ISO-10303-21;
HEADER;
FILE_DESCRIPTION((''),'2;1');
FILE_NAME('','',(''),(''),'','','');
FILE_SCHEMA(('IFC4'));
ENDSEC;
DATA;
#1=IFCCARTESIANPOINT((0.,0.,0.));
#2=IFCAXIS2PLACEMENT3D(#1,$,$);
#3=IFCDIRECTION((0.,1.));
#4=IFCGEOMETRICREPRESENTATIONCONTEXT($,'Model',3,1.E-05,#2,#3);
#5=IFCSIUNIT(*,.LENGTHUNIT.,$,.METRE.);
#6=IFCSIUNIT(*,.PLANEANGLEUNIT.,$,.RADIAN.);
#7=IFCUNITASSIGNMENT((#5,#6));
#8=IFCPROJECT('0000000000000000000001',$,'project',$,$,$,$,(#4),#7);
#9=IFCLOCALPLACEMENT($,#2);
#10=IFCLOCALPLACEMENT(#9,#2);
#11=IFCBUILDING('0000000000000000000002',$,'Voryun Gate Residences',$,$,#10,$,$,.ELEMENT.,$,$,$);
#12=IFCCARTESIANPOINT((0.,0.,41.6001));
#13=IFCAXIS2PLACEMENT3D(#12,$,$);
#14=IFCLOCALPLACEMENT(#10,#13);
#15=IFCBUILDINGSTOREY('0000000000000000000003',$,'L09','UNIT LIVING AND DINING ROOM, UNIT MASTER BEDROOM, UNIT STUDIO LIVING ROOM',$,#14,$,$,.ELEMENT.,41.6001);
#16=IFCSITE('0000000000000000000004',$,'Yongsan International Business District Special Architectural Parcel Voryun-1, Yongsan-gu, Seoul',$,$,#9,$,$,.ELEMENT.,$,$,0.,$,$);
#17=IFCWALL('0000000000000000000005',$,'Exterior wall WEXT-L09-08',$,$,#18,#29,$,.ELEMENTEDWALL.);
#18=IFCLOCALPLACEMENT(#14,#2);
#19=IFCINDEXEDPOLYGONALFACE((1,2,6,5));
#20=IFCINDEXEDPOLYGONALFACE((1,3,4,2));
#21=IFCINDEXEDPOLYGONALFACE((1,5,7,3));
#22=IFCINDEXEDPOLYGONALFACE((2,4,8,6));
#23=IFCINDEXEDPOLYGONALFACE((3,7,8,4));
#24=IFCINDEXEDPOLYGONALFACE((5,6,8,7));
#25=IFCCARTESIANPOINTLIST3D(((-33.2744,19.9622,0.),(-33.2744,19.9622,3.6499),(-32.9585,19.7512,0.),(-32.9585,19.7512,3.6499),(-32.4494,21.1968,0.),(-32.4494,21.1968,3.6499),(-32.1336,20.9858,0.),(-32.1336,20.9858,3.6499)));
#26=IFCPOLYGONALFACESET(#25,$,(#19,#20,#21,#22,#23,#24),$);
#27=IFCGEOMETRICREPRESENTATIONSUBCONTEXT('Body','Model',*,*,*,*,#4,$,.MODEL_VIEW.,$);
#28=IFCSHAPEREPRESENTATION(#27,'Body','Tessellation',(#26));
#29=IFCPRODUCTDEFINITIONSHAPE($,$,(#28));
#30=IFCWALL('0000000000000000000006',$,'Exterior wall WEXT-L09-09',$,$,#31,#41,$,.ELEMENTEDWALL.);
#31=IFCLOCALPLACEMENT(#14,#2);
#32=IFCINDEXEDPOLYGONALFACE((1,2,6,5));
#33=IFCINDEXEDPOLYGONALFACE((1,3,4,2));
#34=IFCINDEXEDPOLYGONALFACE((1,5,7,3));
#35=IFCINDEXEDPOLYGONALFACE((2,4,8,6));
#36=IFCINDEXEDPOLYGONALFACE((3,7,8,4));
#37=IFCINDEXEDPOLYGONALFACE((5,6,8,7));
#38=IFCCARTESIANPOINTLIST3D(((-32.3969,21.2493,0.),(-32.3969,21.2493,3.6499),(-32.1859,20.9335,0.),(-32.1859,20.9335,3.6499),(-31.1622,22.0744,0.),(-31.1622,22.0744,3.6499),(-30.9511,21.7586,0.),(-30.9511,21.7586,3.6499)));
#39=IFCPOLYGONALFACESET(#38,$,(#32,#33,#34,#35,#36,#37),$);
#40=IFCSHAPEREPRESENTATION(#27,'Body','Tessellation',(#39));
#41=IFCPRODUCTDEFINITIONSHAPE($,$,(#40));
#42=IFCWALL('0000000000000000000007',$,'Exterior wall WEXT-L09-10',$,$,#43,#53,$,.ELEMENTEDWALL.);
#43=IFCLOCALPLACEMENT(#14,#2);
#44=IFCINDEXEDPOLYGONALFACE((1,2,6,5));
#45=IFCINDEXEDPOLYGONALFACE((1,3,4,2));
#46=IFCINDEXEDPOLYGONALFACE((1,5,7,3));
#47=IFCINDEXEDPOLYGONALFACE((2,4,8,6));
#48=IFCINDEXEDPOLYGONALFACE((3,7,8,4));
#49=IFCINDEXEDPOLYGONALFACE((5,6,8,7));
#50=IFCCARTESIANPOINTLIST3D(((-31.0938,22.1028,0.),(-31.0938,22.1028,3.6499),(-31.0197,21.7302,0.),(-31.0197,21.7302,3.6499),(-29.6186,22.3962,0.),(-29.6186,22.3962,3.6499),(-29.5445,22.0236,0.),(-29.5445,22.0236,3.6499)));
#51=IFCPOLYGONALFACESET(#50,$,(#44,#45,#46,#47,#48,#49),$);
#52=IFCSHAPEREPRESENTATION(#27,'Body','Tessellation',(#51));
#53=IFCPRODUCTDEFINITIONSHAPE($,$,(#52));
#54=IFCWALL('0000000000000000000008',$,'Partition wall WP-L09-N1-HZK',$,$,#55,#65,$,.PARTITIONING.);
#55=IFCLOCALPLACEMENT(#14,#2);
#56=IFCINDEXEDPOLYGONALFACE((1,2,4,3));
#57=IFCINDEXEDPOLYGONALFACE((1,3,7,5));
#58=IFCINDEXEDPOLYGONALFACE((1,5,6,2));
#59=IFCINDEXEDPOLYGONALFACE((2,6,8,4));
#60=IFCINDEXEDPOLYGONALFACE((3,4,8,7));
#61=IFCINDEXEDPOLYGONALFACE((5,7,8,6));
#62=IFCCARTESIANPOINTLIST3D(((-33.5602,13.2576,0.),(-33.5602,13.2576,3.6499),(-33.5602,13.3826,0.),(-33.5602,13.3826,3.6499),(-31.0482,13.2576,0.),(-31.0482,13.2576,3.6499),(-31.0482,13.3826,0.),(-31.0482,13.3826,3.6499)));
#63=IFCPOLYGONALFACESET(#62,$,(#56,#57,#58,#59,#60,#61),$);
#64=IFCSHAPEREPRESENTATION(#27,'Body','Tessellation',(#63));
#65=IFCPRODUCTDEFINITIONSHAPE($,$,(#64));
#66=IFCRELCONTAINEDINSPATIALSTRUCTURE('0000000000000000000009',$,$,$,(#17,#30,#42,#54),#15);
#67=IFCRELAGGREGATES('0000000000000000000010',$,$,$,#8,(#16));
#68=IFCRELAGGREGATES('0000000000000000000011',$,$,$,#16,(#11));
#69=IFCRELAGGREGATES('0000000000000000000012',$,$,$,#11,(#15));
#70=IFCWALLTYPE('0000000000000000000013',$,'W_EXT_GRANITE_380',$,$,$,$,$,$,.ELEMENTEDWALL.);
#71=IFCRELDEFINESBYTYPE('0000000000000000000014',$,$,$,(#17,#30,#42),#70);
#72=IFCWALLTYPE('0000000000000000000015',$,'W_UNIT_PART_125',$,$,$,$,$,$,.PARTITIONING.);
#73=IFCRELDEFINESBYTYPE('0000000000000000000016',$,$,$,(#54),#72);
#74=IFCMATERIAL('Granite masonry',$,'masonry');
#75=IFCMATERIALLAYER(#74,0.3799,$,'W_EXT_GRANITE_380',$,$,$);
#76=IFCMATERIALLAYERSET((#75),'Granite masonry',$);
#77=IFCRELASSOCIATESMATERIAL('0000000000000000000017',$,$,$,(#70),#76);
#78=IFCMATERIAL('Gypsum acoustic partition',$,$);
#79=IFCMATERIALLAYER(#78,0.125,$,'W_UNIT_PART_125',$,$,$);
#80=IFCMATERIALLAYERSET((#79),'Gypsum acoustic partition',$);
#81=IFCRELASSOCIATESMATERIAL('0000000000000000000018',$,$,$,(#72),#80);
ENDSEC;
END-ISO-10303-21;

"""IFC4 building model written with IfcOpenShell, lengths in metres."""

from ifc_helpers import new_model, si_unit, direction, frame, frame_2d, origin, place, context, subcontext, project, spatial, rectangle, extrude, material, layer, layer_set, type_object, element, save


model = new_model("IFC4")

# Units and contexts
model_context = context("Model", 3, precision=1e-05, world=origin(), true_north=direction((0.0, 1.0)))
body_context = subcontext(model_context, "Body", "Model", "MODEL_VIEW")
ifc_project = project(units=[si_unit("LENGTHUNIT", "METRE"), si_unit("PLANEANGLEUNIT", "RADIAN")], contexts=[model_context])

# Site, building, storey
site_placement = place(None, origin())
site = spatial("IfcSite", under=ifc_project, at=site_placement, Name="Yongsan International Business District Special Architectural Parcel Voryun-1, Yongsan-gu, Seoul", CompositionType="ELEMENT", RefElevation=0.0)
building_placement = place(site_placement, origin())
building = spatial("IfcBuilding", under=site, at=building_placement, Name="Voryun Gate Residences", CompositionType="ELEMENT")
storey_placement = place(building_placement, frame((0.0, 0.0, 41.6001)))
storey = spatial("IfcBuildingStorey", under=building, at=storey_placement, Name="L09", Description="UNIT LIVING AND DINING ROOM, UNIT MASTER BEDROOM, UNIT STUDIO LIVING ROOM", CompositionType="ELEMENT", Elevation=41.6001)

# Walls
ifc_material_1 = material(Name="Granite masonry", Category="masonry")
ifc_layer_1 = layer(ifc_material_1, 0.3799, Name="W_EXT_GRANITE_380")
ifc_layer_set_1 = layer_set([ifc_layer_1], Name="Granite masonry")
wall_type_1 = type_object("IfcWallType", Name="W_EXT_GRANITE_380", PredefinedType="ELEMENTEDWALL", material=ifc_layer_set_1)
wall_1_placement = place(storey_placement, frame((-33.1165, 19.8567, 0.0), z_axis=(0.0, 0.0, 1.0), x_axis=(0.555573, 0.831468, 0.0)))
element("IfcWall", 1, at=wall_1_placement, inside=storey, type_object=wall_type_1, Name="Exterior wall WEXT-L09-08", PredefinedType="ELEMENTEDWALL", context=body_context, shape_type="SweptSolid", body=[
    extrude(rectangle(XDim=1.4849, YDim=0.3799, at=frame_2d((0.7424, 0.0))), origin(), (0.0, 0.0, 1.0), 3.6499),
])
wall_2_placement = place(storey_placement, frame((-32.2915, 21.0913, 0.0), z_axis=(0.0, 0.0, 1.0), x_axis=(0.831443, 0.55561, 0.0)))
element("IfcWall", 2, at=wall_2_placement, inside=storey, type_object=wall_type_1, Name="Exterior wall WEXT-L09-09", PredefinedType="ELEMENTEDWALL", context=body_context, shape_type="SweptSolid", body=[
    extrude(rectangle(XDim=1.4851, YDim=0.3799, at=frame_2d((0.7427, 0.0))), origin(), (0.0, 0.0, 1.0), 3.6499),
])
wall_3_placement = place(storey_placement, frame((-31.0566, 21.9165, 0.0), z_axis=(0.0, 0.0, 1.0), x_axis=(0.980786, 0.195086, 0.0)))
element("IfcWall", 3, at=wall_3_placement, inside=storey, type_object=wall_type_1, Name="Exterior wall WEXT-L09-10", PredefinedType="ELEMENTEDWALL", context=body_context, shape_type="SweptSolid", body=[
    extrude(rectangle(XDim=1.5042, YDim=0.3799, at=frame_2d((0.752, 0.0))), origin(), (0.0, 0.0, 1.0), 3.6499),
])
ifc_material_2 = material(Name="Gypsum acoustic partition")
ifc_layer_2 = layer(ifc_material_2, 0.125, Name="W_UNIT_PART_125")
ifc_layer_set_2 = layer_set([ifc_layer_2], Name="Gypsum acoustic partition")
wall_type_2 = type_object("IfcWallType", Name="W_UNIT_PART_125", PredefinedType="PARTITIONING", material=ifc_layer_set_2)
wall_4_placement = place(storey_placement, frame((-33.5601, 13.3201, 0.0), z_axis=(0.0, 0.0, 1.0), x_axis=(1.0, 0.0, 0.0)))
element("IfcWall", 4, at=wall_4_placement, inside=storey, type_object=wall_type_2, Name="Partition wall WP-L09-N1-HZK", PredefinedType="PARTITIONING", context=body_context, shape_type="SweptSolid", body=[
    extrude(rectangle(XDim=2.512, YDim=0.125, at=frame_2d((1.2559, 0.0))), origin(), (0.0, 0.0, 1.0), 3.6499),
])

save(model, "model.ifc")
